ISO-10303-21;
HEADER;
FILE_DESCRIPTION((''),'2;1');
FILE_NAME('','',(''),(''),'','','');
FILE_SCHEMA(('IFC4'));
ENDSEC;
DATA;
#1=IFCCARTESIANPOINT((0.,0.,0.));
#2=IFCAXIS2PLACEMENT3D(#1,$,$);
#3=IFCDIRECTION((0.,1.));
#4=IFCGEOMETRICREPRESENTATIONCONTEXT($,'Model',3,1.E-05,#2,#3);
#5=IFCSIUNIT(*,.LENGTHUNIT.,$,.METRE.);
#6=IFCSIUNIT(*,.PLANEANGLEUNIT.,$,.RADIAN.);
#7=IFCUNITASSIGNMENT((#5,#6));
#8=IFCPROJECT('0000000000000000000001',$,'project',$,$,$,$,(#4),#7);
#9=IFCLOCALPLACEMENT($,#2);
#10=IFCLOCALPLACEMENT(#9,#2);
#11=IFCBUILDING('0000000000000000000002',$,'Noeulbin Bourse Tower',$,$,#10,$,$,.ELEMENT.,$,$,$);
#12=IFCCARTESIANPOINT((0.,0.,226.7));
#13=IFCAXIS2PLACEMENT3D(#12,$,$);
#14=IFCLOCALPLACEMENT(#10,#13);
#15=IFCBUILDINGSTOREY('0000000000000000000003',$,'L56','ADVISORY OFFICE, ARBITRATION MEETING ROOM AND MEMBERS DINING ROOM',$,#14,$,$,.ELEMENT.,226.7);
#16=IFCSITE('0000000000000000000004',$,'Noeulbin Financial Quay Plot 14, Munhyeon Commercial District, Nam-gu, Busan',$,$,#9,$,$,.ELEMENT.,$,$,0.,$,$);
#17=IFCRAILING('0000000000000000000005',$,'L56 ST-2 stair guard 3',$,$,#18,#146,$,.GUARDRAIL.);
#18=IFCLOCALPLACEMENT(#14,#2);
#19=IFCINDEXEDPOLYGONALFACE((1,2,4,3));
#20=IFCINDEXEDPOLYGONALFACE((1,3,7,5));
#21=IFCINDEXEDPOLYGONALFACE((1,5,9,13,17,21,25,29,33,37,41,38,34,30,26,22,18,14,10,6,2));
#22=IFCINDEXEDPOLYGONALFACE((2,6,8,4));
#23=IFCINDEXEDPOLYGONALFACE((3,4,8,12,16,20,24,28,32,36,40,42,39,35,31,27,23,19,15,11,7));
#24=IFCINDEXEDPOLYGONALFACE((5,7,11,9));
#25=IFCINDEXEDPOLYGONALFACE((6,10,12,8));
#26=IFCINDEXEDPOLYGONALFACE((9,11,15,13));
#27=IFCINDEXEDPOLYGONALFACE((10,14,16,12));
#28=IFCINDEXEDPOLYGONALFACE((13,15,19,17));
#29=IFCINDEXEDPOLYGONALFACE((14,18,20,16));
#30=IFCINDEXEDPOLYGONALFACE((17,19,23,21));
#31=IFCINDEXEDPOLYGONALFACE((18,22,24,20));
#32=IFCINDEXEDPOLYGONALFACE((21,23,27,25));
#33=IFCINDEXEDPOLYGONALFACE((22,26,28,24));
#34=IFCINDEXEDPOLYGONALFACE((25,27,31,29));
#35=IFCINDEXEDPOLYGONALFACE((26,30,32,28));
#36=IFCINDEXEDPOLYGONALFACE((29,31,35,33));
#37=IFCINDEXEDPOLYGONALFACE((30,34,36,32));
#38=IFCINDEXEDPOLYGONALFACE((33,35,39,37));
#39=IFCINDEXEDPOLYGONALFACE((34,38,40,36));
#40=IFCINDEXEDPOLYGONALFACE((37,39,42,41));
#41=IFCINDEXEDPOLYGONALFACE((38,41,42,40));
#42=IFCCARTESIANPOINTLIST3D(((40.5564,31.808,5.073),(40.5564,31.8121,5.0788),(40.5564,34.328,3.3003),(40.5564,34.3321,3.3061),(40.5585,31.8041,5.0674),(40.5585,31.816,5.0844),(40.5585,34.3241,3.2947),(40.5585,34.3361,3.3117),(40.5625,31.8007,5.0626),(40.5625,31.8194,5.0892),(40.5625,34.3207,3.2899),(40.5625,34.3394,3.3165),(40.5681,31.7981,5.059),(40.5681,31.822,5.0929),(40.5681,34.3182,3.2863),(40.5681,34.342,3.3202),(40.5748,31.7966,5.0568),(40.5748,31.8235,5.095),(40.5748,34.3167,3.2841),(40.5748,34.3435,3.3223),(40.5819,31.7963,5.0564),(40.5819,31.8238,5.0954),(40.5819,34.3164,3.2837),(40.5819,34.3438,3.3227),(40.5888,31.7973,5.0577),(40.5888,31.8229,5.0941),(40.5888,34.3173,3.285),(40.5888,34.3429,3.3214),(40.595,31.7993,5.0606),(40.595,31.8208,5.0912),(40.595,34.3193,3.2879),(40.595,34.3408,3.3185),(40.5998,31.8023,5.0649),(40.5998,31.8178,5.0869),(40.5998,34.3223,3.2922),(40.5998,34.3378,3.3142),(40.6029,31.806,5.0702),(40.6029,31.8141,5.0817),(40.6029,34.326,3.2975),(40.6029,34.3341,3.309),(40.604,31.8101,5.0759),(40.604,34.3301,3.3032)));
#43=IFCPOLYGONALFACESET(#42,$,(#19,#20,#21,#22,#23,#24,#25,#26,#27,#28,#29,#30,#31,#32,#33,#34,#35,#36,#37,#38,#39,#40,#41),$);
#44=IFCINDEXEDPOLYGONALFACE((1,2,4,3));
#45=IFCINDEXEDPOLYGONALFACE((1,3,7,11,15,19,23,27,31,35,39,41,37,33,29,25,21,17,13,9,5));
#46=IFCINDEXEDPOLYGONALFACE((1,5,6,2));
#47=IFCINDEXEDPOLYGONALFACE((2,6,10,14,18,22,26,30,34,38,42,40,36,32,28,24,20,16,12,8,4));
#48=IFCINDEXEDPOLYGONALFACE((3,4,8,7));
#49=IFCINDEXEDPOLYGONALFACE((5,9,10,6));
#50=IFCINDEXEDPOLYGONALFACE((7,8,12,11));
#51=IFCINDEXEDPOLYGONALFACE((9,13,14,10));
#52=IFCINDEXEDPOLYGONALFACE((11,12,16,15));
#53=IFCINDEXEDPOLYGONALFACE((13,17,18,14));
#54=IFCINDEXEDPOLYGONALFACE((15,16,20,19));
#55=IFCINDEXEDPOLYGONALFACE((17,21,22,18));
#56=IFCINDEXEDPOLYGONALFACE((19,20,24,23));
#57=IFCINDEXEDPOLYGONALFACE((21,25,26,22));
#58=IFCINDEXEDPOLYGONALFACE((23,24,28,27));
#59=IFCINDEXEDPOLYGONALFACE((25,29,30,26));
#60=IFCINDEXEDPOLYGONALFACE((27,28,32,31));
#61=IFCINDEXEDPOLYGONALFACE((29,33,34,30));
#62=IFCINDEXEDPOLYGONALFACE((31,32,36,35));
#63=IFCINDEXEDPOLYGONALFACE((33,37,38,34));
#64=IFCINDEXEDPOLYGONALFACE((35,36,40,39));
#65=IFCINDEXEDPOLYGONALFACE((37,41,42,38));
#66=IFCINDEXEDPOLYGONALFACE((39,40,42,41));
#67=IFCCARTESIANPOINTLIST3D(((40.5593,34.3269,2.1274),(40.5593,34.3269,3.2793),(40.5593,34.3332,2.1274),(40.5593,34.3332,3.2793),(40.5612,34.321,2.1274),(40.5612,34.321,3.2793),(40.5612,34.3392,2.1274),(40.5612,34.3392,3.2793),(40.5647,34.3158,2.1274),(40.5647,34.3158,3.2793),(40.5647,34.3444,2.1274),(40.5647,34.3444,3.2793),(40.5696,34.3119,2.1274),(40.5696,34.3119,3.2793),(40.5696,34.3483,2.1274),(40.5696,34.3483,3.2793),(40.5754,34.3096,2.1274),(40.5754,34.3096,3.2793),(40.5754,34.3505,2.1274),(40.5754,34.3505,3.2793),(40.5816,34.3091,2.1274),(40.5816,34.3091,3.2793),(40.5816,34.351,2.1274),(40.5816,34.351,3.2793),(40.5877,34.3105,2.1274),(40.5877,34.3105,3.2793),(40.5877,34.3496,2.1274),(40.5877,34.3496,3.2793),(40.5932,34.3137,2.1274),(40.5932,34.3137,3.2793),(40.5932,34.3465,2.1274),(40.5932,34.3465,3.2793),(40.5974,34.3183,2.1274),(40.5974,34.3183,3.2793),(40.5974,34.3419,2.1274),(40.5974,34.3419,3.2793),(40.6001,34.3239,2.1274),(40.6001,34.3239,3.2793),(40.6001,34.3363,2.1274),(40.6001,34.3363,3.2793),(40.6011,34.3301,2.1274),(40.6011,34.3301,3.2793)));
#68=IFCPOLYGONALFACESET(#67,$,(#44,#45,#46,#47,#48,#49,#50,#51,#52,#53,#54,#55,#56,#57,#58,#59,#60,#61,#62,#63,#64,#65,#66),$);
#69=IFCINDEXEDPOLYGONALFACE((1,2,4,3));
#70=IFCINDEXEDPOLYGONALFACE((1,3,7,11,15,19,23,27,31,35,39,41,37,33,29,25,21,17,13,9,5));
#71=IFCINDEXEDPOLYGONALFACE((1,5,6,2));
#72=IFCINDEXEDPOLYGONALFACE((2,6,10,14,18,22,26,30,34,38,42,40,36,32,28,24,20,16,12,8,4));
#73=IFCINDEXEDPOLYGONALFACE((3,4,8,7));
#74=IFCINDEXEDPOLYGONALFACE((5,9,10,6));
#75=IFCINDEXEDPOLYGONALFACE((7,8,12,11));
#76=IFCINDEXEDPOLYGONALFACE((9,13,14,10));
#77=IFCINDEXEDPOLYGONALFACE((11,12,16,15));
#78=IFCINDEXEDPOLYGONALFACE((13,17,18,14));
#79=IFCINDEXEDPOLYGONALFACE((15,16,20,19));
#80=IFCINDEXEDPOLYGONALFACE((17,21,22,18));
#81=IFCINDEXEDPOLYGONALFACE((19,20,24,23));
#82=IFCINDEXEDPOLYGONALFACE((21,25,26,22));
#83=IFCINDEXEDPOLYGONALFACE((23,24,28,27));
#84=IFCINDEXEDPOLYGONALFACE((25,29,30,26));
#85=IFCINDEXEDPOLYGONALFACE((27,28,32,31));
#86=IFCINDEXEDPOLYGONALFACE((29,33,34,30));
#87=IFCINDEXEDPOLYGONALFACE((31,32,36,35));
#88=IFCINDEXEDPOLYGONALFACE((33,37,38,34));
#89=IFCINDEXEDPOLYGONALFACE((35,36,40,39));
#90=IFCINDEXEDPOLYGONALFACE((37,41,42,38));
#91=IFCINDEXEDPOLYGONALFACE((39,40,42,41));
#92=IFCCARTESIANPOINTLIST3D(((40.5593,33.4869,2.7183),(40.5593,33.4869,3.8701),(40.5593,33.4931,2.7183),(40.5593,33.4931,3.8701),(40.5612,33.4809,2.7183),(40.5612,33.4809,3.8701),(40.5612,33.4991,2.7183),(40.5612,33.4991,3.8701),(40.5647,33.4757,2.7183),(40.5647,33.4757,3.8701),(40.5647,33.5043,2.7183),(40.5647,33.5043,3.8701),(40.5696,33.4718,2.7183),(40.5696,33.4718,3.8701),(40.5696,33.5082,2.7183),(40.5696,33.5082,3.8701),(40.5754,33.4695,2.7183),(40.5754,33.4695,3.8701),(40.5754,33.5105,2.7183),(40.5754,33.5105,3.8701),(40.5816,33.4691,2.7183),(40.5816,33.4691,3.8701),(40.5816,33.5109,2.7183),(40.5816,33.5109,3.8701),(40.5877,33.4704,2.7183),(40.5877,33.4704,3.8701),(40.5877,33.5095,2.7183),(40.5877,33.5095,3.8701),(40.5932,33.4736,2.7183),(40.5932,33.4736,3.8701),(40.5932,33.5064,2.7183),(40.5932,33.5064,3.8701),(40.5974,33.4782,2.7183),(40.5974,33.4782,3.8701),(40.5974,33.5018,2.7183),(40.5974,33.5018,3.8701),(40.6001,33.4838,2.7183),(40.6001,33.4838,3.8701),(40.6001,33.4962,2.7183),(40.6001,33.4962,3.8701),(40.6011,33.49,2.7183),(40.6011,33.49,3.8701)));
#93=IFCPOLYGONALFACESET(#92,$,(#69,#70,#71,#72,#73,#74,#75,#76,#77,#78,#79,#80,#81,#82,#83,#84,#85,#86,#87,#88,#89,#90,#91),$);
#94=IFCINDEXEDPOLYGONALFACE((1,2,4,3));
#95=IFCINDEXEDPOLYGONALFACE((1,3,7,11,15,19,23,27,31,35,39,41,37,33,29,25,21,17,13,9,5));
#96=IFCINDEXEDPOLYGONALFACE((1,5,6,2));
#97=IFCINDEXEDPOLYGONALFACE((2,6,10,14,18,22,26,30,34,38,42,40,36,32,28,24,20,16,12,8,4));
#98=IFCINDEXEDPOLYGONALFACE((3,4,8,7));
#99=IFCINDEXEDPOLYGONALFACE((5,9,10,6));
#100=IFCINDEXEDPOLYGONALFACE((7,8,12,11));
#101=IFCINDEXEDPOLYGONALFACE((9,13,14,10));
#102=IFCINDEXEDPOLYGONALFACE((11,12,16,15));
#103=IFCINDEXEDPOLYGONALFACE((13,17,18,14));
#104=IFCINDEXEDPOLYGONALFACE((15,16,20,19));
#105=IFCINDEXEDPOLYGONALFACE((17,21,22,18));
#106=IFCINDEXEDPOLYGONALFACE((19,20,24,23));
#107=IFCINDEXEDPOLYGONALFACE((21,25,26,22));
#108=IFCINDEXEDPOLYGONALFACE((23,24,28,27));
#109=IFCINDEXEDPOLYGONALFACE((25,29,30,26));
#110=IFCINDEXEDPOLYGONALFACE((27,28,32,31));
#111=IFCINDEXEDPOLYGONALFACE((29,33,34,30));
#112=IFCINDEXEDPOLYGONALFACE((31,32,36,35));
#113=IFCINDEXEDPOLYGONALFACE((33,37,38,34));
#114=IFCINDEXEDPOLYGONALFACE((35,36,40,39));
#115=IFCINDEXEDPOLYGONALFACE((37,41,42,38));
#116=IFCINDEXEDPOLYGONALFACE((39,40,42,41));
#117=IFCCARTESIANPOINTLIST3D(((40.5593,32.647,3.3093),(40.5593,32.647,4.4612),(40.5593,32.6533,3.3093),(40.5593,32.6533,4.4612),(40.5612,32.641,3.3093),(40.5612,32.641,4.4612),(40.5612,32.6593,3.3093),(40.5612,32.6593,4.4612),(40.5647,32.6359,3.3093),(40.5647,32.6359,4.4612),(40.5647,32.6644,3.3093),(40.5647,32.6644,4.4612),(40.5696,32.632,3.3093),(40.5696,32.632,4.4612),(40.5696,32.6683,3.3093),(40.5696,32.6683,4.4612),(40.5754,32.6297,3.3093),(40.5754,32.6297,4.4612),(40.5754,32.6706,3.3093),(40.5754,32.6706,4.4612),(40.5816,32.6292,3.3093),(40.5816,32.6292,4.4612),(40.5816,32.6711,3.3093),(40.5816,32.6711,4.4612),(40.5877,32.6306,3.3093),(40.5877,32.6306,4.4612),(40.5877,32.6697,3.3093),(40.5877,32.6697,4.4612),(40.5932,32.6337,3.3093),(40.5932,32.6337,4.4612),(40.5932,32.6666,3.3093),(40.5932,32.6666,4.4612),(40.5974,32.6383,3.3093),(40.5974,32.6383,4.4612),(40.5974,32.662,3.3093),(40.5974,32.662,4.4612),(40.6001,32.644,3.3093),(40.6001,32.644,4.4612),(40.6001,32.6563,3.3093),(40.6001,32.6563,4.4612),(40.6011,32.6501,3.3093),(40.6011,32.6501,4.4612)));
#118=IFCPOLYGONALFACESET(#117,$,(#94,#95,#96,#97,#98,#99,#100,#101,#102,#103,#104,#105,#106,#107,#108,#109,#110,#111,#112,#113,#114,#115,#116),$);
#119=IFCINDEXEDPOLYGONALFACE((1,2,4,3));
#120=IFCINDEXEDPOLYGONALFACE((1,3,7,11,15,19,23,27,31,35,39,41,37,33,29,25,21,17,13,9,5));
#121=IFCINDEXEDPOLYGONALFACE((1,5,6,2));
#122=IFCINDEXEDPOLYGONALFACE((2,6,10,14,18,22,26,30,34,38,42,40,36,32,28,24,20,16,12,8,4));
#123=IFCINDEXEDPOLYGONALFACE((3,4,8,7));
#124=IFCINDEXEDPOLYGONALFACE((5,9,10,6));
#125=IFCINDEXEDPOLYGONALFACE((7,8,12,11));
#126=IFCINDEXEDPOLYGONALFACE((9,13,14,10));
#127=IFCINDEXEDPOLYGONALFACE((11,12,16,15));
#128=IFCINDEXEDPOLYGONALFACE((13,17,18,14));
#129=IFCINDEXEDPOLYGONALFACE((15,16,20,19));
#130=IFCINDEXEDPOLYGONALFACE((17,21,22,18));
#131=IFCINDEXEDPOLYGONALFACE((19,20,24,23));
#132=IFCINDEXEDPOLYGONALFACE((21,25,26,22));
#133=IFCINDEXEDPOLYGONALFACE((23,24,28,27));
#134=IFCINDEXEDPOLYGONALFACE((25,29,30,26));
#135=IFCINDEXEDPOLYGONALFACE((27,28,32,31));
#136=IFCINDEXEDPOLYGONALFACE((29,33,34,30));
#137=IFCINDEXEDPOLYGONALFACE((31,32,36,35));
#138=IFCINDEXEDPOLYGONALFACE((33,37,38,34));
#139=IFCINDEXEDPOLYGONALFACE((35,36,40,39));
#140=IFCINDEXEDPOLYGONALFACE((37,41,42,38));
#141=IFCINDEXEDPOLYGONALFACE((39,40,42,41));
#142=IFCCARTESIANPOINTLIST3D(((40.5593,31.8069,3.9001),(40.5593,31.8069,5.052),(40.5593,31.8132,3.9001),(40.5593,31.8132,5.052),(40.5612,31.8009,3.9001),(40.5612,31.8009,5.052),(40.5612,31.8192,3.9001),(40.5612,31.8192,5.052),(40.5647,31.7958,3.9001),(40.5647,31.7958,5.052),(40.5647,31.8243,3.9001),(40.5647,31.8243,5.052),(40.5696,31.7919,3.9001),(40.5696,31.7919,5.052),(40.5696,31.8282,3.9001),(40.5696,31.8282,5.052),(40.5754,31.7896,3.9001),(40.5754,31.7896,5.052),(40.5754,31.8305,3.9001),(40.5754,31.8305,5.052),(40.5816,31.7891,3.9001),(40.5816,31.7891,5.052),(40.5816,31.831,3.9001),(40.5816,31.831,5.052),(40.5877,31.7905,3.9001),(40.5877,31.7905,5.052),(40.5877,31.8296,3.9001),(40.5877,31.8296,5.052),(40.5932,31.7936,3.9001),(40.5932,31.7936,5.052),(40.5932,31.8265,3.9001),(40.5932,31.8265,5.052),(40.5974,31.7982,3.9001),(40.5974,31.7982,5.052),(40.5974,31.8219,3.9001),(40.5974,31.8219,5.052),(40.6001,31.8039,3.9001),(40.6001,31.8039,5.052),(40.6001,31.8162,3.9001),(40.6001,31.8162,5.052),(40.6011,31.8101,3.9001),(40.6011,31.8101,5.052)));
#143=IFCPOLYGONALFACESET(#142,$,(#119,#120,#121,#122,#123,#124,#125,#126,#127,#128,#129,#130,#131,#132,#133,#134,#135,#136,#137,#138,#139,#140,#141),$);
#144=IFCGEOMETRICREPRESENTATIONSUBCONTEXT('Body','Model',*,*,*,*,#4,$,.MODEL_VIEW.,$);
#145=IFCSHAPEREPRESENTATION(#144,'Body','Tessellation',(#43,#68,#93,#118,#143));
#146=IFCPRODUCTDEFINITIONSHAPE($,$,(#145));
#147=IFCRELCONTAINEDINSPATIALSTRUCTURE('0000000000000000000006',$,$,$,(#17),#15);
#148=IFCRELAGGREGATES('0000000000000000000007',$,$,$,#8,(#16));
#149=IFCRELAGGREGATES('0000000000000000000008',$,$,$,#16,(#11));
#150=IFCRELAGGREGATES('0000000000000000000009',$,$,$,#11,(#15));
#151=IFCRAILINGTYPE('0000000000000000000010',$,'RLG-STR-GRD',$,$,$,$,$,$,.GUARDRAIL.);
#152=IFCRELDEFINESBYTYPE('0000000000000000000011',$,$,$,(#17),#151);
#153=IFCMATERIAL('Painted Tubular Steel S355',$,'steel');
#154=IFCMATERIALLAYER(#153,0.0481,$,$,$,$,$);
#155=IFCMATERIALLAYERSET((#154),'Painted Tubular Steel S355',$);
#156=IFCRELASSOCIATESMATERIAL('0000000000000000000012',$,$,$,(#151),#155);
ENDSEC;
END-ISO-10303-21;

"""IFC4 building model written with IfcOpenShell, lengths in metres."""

from ifc_helpers import new_model, si_unit, direction, frame, origin, origin_2d, place, context, subcontext, project, spatial, circle, extrude, material, layer, layer_set, type_object, element, save


model = new_model("IFC4")

# Units and contexts
model_context = context("Model", 3, precision=1e-05, world=origin(), true_north=direction((0.0, 1.0)))
body_context = subcontext(model_context, "Body", "Model", "MODEL_VIEW")
ifc_project = project(units=[si_unit("LENGTHUNIT", "METRE"), si_unit("PLANEANGLEUNIT", "RADIAN")], contexts=[model_context])

# Site, building, storey
site_placement = place(None, origin())
site = spatial("IfcSite", under=ifc_project, at=site_placement, Name="Noeulbin Financial Quay Plot 14, Munhyeon Commercial District, Nam-gu, Busan", CompositionType="ELEMENT", RefElevation=0.0)
building_placement = place(site_placement, origin())
building = spatial("IfcBuilding", under=site, at=building_placement, Name="Noeulbin Bourse Tower", CompositionType="ELEMENT")
storey_placement = place(building_placement, frame((0.0, 0.0, 226.7)))
storey = spatial("IfcBuildingStorey", under=building, at=storey_placement, Name="L56", Description="ADVISORY OFFICE, ARBITRATION MEETING ROOM AND MEMBERS DINING ROOM", CompositionType="ELEMENT", Elevation=226.7)

# Railing
ifc_material_1 = material(Name="Painted Tubular Steel S355", Category="steel")
ifc_layer_1 = layer(ifc_material_1, 0.0481)
ifc_layer_set_1 = layer_set([ifc_layer_1], Name="Painted Tubular Steel S355")
railing_type_1 = type_object("IfcRailingType", Name="RLG-STR-GRD", PredefinedType="GUARDRAIL", material=ifc_layer_set_1)
railing_1_placement = place(storey_placement, frame((40.5801, 34.3301, 2.1274)))
element("IfcRailing", 1, at=railing_1_placement, inside=storey, type_object=railing_type_1, Name="L56 ST-2 stair guard 3", PredefinedType="GUARDRAIL", context=body_context, shape_type="SweptSolid", body=[
    extrude(circle(Radius=0.0239, at=origin_2d()), frame((0.0, 0.0, 1.1758), z_axis=(0.0, -0.817904, 0.575354), x_axis=(1.0, 0.0, 0.0)), (0.0, 0.0, 1.0), 3.0811),
    extrude(circle(Radius=0.021, at=origin_2d()), origin(), (0.0, 0.0, 1.0), 1.1519),
    extrude(circle(Radius=0.021, at=origin_2d()), frame((0.0, -0.8401, 0.5908)), (0.0, 0.0, 1.0), 1.1519),
    extrude(circle(Radius=0.021, at=origin_2d()), frame((0.0, -1.6799, 1.1819)), (0.0, 0.0, 1.0), 1.1519),
    extrude(circle(Radius=0.021, at=origin_2d()), frame((0.0, -2.52, 1.7727)), (0.0, 0.0, 1.0), 1.1519),
])

save(model, "model.ifc")
